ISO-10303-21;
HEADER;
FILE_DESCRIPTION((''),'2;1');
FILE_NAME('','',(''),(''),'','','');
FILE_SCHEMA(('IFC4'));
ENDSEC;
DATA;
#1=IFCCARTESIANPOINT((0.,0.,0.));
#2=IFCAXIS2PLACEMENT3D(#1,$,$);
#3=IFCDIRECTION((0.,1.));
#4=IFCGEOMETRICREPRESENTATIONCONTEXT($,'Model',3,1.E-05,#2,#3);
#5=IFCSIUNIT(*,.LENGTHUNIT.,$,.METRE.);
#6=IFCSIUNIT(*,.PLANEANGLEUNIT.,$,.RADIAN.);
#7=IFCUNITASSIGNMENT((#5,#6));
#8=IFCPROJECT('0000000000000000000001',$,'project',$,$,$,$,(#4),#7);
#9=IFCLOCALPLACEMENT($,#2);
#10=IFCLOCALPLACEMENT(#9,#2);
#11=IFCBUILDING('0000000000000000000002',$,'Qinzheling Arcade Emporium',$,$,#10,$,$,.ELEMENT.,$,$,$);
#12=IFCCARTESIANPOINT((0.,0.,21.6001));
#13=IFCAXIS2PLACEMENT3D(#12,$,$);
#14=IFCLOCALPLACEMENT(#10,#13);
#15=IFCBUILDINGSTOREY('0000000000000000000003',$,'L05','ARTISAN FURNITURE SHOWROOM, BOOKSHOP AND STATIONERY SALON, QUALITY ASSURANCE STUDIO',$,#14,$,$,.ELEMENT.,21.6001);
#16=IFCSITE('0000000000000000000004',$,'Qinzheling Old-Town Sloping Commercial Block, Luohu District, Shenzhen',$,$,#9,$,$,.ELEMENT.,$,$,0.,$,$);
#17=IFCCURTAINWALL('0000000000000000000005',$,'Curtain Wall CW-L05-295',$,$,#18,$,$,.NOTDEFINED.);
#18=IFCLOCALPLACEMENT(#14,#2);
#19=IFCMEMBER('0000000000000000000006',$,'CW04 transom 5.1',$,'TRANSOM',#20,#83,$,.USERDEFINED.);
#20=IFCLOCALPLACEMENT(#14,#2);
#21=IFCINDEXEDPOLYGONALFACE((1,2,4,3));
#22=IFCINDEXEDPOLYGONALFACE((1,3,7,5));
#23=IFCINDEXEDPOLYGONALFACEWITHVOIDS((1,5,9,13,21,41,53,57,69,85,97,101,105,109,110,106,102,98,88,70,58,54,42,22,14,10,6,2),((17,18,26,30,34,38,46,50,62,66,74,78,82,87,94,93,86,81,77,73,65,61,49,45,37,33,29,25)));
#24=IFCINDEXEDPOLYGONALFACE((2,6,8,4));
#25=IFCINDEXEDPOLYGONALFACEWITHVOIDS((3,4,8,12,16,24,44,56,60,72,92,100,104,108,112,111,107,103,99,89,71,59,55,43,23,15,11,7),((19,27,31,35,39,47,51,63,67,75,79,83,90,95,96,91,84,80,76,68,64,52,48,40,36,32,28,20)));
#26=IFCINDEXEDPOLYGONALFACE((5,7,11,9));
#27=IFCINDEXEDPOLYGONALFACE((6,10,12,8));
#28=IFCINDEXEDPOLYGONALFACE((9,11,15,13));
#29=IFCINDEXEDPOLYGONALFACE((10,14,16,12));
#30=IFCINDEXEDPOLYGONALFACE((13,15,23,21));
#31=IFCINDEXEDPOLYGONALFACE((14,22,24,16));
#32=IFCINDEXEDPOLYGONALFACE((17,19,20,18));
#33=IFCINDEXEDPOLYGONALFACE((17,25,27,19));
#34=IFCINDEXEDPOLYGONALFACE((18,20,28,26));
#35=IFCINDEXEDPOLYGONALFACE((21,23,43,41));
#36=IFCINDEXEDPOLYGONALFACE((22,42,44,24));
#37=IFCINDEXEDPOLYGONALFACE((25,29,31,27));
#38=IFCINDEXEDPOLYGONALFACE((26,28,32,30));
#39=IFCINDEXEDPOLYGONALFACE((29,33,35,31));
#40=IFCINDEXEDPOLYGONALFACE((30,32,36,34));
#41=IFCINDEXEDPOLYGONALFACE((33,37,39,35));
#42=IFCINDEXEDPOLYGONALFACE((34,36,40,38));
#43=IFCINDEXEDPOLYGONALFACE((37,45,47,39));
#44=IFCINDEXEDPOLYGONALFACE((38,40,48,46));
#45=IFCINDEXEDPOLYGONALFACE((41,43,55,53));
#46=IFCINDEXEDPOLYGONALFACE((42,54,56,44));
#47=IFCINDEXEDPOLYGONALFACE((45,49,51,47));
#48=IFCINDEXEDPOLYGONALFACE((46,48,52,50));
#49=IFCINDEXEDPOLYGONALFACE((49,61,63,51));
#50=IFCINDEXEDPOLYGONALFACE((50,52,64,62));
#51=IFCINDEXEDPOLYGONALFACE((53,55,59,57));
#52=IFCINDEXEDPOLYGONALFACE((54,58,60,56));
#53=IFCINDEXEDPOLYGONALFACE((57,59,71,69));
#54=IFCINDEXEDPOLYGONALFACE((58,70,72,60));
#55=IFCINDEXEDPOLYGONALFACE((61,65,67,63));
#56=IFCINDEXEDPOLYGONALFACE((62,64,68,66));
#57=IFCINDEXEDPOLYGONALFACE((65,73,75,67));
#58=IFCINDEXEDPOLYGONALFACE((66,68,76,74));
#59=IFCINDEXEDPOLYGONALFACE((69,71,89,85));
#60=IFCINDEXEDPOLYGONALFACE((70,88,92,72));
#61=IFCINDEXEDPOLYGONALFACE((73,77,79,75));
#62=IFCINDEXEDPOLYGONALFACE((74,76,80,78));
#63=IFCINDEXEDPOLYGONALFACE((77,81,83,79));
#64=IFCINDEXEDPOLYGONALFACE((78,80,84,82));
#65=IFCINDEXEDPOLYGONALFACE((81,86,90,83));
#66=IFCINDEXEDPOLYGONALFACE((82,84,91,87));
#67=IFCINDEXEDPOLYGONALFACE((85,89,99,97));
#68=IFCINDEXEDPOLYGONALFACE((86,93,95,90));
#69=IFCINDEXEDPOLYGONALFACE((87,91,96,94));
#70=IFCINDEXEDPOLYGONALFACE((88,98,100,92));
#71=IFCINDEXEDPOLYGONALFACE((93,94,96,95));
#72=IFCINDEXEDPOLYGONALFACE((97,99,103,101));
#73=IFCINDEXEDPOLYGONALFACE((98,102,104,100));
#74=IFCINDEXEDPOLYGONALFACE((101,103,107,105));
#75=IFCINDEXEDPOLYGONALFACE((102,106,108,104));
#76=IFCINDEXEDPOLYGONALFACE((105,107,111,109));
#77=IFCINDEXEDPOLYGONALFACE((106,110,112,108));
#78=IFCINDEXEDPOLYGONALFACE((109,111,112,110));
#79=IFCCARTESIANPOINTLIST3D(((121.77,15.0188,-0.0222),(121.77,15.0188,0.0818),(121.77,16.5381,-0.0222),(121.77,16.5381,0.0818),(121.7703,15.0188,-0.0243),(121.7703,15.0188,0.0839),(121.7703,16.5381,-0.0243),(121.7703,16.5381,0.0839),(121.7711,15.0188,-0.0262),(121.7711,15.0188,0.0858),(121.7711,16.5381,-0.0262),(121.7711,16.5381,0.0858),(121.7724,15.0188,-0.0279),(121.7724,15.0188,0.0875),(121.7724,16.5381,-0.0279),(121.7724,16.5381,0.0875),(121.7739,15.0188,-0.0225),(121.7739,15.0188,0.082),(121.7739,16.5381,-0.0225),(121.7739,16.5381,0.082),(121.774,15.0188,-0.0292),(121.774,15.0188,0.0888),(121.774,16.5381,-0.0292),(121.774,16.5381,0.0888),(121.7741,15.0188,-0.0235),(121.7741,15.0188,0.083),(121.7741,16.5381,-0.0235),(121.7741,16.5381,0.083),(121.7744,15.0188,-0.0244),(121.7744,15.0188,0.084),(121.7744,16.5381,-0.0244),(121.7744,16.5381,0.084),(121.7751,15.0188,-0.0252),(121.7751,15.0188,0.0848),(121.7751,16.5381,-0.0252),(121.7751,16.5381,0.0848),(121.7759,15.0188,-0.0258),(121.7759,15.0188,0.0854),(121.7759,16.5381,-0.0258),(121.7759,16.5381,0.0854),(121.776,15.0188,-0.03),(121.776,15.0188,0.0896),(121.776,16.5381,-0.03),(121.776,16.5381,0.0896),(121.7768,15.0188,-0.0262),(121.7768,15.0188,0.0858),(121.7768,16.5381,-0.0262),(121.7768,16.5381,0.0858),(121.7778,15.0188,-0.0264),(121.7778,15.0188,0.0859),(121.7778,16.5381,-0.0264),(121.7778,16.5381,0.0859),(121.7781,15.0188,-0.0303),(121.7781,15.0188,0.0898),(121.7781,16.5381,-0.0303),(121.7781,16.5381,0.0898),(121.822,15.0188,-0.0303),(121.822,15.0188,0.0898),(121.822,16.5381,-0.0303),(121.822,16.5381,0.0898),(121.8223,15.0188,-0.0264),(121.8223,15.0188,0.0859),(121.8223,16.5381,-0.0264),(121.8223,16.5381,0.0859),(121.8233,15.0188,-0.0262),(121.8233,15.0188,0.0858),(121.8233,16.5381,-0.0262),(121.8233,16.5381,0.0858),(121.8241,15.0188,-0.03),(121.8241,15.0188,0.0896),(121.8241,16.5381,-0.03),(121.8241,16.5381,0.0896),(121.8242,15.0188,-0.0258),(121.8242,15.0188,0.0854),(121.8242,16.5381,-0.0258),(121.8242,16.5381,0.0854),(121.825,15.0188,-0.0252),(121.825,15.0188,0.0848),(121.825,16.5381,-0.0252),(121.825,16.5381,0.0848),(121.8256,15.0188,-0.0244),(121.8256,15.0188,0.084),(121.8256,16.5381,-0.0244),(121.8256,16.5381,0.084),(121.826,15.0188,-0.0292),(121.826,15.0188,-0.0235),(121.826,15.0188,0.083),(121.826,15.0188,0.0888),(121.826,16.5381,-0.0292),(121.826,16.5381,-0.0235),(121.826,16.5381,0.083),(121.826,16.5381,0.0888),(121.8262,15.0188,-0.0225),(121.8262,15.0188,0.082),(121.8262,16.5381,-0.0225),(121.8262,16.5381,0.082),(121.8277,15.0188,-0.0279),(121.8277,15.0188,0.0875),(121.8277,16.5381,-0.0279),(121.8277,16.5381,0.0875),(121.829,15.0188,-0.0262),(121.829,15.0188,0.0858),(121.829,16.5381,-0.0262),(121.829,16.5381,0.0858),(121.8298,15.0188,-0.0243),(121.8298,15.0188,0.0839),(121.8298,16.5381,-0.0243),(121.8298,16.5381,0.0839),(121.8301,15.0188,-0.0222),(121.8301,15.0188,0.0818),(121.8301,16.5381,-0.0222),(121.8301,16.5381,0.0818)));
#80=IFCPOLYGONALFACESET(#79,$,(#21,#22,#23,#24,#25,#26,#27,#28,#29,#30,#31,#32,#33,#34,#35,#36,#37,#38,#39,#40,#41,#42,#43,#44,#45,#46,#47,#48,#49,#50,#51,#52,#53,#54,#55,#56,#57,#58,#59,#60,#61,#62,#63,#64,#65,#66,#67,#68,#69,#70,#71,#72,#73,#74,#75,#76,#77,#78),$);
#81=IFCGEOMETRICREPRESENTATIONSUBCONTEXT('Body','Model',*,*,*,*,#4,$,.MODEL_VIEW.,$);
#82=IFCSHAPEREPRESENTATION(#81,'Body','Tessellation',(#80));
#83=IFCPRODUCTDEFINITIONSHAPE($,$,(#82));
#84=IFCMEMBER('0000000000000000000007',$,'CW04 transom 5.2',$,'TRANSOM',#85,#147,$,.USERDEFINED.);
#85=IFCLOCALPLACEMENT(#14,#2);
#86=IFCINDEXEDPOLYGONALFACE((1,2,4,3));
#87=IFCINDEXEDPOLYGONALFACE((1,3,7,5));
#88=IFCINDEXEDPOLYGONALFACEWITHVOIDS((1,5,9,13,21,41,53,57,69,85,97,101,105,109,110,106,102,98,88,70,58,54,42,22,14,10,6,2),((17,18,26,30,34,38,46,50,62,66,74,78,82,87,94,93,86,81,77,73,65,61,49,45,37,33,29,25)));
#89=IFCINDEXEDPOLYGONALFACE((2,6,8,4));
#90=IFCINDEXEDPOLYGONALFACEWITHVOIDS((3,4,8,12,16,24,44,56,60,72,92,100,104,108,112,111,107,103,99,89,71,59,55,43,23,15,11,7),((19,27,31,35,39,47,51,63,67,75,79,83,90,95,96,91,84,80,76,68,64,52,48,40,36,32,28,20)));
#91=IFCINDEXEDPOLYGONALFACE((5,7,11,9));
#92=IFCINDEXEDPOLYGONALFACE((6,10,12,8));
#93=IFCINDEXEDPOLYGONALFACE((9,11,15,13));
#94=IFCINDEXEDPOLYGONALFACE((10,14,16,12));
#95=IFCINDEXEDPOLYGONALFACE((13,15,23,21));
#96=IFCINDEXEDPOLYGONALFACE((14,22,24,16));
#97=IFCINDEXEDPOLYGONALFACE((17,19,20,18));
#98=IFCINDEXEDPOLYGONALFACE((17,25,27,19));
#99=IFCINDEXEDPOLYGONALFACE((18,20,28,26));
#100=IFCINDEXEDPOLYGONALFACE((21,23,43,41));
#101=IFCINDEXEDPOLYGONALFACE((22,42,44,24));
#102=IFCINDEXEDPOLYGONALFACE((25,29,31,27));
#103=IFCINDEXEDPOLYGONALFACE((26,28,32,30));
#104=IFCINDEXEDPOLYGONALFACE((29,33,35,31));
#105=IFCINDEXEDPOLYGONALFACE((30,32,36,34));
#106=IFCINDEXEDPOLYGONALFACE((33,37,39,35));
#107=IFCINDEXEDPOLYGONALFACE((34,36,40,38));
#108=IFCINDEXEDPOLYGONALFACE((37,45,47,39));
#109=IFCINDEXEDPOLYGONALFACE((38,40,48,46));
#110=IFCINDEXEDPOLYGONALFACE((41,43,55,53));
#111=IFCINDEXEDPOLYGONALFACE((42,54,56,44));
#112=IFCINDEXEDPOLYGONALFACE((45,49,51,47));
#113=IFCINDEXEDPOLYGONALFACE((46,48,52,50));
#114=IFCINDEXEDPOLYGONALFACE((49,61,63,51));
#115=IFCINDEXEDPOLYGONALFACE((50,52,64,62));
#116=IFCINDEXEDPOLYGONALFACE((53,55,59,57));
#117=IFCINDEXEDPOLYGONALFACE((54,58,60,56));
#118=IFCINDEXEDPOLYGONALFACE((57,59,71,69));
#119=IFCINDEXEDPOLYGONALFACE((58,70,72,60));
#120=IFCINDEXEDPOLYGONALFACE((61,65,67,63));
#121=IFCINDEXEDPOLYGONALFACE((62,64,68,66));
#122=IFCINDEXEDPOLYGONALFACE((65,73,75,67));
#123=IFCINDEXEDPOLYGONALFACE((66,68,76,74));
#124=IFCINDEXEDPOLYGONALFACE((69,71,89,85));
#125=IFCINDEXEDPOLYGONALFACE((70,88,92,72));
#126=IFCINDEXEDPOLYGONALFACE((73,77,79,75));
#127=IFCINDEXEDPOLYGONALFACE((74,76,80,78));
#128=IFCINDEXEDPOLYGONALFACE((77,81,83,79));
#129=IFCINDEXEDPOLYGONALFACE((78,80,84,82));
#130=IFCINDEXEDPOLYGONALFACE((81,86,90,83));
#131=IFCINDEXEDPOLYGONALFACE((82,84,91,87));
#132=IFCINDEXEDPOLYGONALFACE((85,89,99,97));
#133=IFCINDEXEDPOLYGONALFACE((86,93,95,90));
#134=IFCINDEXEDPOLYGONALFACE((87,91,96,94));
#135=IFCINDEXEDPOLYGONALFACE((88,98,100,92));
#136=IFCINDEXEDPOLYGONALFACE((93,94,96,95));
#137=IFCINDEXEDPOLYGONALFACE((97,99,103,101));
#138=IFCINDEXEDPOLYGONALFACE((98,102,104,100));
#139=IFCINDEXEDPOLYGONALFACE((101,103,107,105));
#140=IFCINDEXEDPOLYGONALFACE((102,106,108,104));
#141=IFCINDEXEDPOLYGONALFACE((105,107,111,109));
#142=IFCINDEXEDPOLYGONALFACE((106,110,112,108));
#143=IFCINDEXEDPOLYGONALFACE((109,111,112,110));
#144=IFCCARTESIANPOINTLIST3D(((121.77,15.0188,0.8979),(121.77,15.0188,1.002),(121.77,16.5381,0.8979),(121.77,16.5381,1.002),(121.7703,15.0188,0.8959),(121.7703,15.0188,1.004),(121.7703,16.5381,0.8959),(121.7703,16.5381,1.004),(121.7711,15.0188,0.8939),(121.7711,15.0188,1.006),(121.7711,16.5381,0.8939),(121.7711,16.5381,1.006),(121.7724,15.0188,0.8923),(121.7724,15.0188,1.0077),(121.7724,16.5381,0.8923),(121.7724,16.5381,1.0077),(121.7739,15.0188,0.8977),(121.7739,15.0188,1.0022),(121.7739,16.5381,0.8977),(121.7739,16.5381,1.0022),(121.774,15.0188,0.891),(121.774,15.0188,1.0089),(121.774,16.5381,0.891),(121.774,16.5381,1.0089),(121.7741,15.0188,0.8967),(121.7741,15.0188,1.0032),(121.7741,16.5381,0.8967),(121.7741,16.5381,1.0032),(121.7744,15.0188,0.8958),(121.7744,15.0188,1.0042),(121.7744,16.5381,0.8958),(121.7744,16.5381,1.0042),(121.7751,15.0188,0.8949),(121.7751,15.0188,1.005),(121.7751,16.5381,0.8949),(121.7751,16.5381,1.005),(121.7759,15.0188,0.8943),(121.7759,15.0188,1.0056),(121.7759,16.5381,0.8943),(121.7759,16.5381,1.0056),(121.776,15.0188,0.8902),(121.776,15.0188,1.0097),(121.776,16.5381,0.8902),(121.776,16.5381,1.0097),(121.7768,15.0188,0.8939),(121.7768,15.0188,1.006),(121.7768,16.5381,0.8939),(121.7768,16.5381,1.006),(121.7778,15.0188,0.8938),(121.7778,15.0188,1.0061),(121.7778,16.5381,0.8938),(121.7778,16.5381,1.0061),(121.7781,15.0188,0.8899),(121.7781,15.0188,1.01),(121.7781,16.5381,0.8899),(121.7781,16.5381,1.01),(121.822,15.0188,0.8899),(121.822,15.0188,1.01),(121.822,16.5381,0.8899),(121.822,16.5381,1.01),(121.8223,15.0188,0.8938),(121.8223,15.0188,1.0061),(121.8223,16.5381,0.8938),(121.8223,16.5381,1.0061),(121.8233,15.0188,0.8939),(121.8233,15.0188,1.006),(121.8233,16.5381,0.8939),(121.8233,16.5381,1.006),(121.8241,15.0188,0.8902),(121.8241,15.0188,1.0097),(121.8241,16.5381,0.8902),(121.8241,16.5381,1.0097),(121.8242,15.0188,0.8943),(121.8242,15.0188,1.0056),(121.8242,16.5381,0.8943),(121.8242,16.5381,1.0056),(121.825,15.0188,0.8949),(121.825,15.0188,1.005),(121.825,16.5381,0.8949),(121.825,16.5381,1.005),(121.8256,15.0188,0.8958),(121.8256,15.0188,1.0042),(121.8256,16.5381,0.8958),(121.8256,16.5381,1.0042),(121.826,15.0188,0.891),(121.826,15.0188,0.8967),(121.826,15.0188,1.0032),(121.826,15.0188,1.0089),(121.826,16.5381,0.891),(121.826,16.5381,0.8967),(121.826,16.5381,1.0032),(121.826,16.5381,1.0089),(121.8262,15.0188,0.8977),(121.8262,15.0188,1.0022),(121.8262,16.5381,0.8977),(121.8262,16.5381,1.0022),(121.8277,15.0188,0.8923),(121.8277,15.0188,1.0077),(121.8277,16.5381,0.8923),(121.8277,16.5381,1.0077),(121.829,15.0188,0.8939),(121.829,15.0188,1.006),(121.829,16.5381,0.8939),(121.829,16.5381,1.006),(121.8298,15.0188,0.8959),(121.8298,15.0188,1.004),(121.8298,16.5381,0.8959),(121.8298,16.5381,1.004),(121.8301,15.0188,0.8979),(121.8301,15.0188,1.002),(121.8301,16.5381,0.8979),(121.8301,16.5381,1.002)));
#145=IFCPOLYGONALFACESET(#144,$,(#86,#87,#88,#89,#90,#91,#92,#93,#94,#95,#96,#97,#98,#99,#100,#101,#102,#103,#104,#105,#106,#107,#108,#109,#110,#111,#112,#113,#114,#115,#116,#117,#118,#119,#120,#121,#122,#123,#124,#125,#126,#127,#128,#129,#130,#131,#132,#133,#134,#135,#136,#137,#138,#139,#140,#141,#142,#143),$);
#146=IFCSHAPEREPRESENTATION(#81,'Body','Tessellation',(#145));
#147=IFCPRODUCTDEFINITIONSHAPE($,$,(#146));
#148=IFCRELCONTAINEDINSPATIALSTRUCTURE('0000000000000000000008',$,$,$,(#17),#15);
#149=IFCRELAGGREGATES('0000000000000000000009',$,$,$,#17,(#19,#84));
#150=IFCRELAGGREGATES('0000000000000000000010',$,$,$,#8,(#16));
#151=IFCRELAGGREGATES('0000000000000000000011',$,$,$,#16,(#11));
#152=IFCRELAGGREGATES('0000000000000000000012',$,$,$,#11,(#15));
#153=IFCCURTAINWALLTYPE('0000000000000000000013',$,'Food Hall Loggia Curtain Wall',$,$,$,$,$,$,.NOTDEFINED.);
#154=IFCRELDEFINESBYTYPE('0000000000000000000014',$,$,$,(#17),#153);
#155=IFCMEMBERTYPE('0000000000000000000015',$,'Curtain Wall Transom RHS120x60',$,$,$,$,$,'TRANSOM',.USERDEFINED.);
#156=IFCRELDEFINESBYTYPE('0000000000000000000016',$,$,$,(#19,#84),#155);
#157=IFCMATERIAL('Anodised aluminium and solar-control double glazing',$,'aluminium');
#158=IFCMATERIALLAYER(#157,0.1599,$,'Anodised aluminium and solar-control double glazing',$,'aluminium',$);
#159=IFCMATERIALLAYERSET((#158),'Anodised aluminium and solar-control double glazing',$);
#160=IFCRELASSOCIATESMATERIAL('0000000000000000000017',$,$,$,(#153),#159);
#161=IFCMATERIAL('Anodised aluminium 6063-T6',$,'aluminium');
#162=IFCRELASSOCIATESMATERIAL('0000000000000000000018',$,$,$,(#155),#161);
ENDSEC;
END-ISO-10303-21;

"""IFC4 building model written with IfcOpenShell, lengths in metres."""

from ifc_helpers import new_model, si_unit, direction, frame, origin, origin_2d, place, context, subcontext, project, spatial, hollow_rectangle, extrude, material, layer, layer_set, material_profile, profile_set, type_object, element, aggregate, save


model = new_model("IFC4")

# Units and contexts
model_context = context("Model", 3, precision=1e-05, world=origin(), true_north=direction((0.0, 1.0)))
body_context = subcontext(model_context, "Body", "Model", "MODEL_VIEW")
ifc_project = project(units=[si_unit("LENGTHUNIT", "METRE"), si_unit("PLANEANGLEUNIT", "RADIAN")], contexts=[model_context])

# Site, building, storey
site_placement = place(None, origin())
site = spatial("IfcSite", under=ifc_project, at=site_placement, Name="Qinzheling Old-Town Sloping Commercial Block, Luohu District, Shenzhen", CompositionType="ELEMENT", RefElevation=0.0)
building_placement = place(site_placement, origin())
building = spatial("IfcBuilding", under=site, at=building_placement, Name="Qinzheling Arcade Emporium", CompositionType="ELEMENT")
storey_placement = place(building_placement, frame((0.0, 0.0, 21.6001)))
storey = spatial("IfcBuildingStorey", under=building, at=storey_placement, Name="L05", Description="ARTISAN FURNITURE SHOWROOM, BOOKSHOP AND STATIONERY SALON, QUALITY ASSURANCE STUDIO", CompositionType="ELEMENT", Elevation=21.6001)

# Curtain wall
ifc_material_1 = material(Name="Anodised aluminium and solar-control double glazing", Category="aluminium")
ifc_layer_1 = layer(ifc_material_1, 0.1599, Name="Anodised aluminium and solar-control double glazing", Category="aluminium")
ifc_layer_set_1 = layer_set([ifc_layer_1], Name="Anodised aluminium and solar-control double glazing")
curtain_wall_type_1 = type_object("IfcCurtainWallType", Name="Food Hall Loggia Curtain Wall", PredefinedType="NOTDEFINED", material=ifc_layer_set_1)
curtain_wall_1_placement = place(storey_placement, origin())
curtain_wall_1 = element("IfcCurtainWall", 1, at=curtain_wall_1_placement, inside=storey, type_object=curtain_wall_type_1, Name="Curtain Wall CW-L05-295", PredefinedType="NOTDEFINED")
ifc_material_2 = material(Name="Anodised aluminium 6063-T6", Category="aluminium")

# Members
ifc_material_profile_1 = material_profile(ifc_material_2, hollow_rectangle(XDim=0.0601, YDim=0.1201, WallThickness=0.0039, InnerFilletRadius=0.0039, OuterFilletRadius=0.0081, at=origin_2d()), Name="RHS 120x60x4", Category="aluminium")
ifc_profile_set_1 = profile_set([ifc_material_profile_1], Name="Anodised aluminium 6063-T6")
member_type_1 = type_object("IfcMemberType", Name="Curtain Wall Transom RHS120x60", ElementType="TRANSOM", PredefinedType="USERDEFINED", material=ifc_profile_set_1)
member_1_placement = place(storey_placement, frame((121.8, 15.0188, 0.0298), z_axis=(0.0, 1.0, 0.0), x_axis=(-1.0, 0.0, 0.0)))
member_1 = element("IfcMember", 2, at=member_1_placement, type_object=member_type_1, Name="CW04 transom 5.1", ObjectType="TRANSOM", PredefinedType="USERDEFINED", context=body_context, shape_type="SweptSolid", body=[
    extrude(hollow_rectangle(XDim=0.0601, YDim=0.1201, WallThickness=0.0039, InnerFilletRadius=0.0039, OuterFilletRadius=0.0081, at=origin_2d()), origin(), (0.0, 0.0, 1.0), 1.5193),
])
member_2_placement = place(storey_placement, frame((121.8, 15.0188, 0.95), z_axis=(0.0, 1.0, 0.0), x_axis=(-1.0, 0.0, 0.0)))
member_2 = element("IfcMember", 3, at=member_2_placement, type_object=member_type_1, Name="CW04 transom 5.2", ObjectType="TRANSOM", PredefinedType="USERDEFINED", context=body_context, shape_type="SweptSolid", body=[
    extrude(hollow_rectangle(XDim=0.0601, YDim=0.1201, WallThickness=0.0039, InnerFilletRadius=0.0039, OuterFilletRadius=0.0081, at=origin_2d()), origin(), (0.0, 0.0, 1.0), 1.5193),
])

aggregate(curtain_wall_1, [member_1, member_2])

save(model, "model.ifc")
